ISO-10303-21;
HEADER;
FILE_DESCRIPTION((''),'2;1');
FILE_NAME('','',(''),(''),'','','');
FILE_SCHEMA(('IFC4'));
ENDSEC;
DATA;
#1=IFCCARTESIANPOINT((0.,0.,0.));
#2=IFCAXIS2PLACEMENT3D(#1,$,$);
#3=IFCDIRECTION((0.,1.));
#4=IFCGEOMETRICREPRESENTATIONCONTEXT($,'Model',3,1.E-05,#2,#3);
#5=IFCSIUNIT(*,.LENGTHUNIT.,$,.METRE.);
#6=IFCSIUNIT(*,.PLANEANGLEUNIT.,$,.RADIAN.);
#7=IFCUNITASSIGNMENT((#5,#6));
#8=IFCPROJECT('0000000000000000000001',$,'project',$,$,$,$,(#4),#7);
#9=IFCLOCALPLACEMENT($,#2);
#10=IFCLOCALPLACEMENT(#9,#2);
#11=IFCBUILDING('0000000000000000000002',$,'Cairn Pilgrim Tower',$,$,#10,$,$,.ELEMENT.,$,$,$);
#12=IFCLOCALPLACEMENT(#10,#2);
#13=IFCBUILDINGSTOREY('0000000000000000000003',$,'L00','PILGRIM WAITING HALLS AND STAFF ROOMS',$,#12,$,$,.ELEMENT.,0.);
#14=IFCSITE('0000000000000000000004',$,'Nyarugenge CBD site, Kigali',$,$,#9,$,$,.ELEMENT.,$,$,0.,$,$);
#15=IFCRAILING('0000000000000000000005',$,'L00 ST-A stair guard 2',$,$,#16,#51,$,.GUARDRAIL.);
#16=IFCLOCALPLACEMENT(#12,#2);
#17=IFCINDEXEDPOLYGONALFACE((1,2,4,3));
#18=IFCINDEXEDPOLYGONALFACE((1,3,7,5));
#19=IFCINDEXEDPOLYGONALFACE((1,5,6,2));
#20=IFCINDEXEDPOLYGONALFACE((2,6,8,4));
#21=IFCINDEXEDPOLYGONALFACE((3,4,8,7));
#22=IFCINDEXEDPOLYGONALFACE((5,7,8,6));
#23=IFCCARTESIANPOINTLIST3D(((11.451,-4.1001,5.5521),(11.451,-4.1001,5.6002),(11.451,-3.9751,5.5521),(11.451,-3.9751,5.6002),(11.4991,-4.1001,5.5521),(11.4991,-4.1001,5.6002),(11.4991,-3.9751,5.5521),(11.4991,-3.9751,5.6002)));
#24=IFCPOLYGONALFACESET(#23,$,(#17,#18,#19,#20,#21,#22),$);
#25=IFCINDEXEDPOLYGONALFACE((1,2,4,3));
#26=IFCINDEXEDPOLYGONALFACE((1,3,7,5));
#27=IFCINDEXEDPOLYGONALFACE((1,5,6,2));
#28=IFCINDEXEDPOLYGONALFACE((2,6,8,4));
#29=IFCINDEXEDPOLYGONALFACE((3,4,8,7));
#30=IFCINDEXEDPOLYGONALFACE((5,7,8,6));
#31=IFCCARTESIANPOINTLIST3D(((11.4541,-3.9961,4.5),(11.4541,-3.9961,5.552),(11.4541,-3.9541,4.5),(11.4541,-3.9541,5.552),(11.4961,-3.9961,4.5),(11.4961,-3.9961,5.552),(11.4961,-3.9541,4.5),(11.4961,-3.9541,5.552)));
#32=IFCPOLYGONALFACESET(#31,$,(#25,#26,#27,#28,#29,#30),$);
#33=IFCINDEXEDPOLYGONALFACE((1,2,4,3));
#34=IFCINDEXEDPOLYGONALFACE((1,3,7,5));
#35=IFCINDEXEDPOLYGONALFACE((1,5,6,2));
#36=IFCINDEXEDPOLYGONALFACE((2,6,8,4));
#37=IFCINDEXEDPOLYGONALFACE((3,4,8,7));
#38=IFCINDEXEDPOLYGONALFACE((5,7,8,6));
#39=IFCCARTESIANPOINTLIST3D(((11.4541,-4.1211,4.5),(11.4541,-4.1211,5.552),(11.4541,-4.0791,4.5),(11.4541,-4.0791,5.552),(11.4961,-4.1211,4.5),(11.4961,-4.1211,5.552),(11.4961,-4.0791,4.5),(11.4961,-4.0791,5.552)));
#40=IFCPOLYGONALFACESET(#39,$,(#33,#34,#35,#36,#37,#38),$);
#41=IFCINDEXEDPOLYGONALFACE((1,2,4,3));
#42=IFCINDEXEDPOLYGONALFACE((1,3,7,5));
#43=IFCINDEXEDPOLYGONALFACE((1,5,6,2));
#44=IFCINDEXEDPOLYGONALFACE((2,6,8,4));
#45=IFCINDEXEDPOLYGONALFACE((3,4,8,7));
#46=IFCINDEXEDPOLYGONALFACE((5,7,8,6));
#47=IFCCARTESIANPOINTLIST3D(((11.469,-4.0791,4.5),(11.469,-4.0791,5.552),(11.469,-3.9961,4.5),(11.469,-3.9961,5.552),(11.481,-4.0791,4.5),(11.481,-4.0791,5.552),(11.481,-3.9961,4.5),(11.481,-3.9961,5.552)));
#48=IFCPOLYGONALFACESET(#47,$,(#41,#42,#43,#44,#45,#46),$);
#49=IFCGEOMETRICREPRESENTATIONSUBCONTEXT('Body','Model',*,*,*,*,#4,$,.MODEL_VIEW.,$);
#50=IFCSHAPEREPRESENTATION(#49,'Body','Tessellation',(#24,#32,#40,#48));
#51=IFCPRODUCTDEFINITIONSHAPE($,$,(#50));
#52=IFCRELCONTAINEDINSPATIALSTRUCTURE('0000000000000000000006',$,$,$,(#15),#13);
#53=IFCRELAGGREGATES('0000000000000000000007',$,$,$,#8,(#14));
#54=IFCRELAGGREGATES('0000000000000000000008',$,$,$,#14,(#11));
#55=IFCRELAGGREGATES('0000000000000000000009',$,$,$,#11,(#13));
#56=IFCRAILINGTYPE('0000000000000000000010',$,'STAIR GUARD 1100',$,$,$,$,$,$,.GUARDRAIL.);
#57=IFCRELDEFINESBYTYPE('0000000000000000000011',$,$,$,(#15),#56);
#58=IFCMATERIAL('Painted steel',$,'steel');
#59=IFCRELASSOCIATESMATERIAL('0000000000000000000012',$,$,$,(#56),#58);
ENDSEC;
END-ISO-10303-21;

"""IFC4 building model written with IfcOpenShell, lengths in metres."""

from ifc_helpers import new_model, si_unit, direction, frame, origin, origin_2d, place, context, subcontext, project, spatial, polyline, rectangle, outline, extrude, material, type_object, element, save


model = new_model("IFC4")

# Units and contexts
model_context = context("Model", 3, precision=1e-05, world=origin(), true_north=direction((0.0, 1.0)))
body_context = subcontext(model_context, "Body", "Model", "MODEL_VIEW")
ifc_project = project(units=[si_unit("LENGTHUNIT", "METRE"), si_unit("PLANEANGLEUNIT", "RADIAN")], contexts=[model_context])

# Site, building, storey
site_placement = place(None, origin())
site = spatial("IfcSite", under=ifc_project, at=site_placement, Name="Nyarugenge CBD site, Kigali", CompositionType="ELEMENT", RefElevation=0.0)
building_placement = place(site_placement, origin())
building = spatial("IfcBuilding", under=site, at=building_placement, Name="Cairn Pilgrim Tower", CompositionType="ELEMENT")
storey_placement = place(building_placement, origin())
storey = spatial("IfcBuildingStorey", under=building, at=storey_placement, Name="L00", Description="PILGRIM WAITING HALLS AND STAFF ROOMS", CompositionType="ELEMENT", Elevation=0.0)

# Shared definitions
ifc_material_1 = material(Name="Painted steel", Category="steel")

# Railing
railing_type_1 = type_object("IfcRailingType", Name="STAIR GUARD 1100", PredefinedType="GUARDRAIL", material=ifc_material_1)
railing_1_placement = place(storey_placement, frame((11.4751, -3.9751, 4.5)))
element("IfcRailing", 1, at=railing_1_placement, inside=storey, type_object=railing_type_1, Name="L00 ST-A stair guard 2", PredefinedType="GUARDRAIL", context=body_context, shape_type="SweptSolid", body=[
    extrude(rectangle(XDim=0.0481, YDim=0.0481, at=origin_2d()), frame((0.0, 0.0, 1.0762), z_axis=(0.0, -1.0, 0.0), x_axis=(1.0, 0.0, 0.0)), (0.0, 0.0, 1.0), 0.125),
    extrude(rectangle(XDim=0.042, YDim=0.042, at=origin_2d()), origin(), (0.0, 0.0, 1.0), 1.052),
    extrude(rectangle(XDim=0.042, YDim=0.042, at=origin_2d()), frame((0.0, -0.125, 0.0)), (0.0, 0.0, 1.0), 1.052),
    extrude(outline(polyline([(0.021, 0.0), (0.104, 0.0), (0.104, 1.052), (0.021, 1.052), (0.021, 0.0)])), frame((0.0059, 0.0, 0.0), z_axis=(-1.0, 0.0, 0.0), x_axis=(0.0, -1.0, 0.0)), (0.0, 0.0, 1.0), 0.012),
])

save(model, "model.ifc")
